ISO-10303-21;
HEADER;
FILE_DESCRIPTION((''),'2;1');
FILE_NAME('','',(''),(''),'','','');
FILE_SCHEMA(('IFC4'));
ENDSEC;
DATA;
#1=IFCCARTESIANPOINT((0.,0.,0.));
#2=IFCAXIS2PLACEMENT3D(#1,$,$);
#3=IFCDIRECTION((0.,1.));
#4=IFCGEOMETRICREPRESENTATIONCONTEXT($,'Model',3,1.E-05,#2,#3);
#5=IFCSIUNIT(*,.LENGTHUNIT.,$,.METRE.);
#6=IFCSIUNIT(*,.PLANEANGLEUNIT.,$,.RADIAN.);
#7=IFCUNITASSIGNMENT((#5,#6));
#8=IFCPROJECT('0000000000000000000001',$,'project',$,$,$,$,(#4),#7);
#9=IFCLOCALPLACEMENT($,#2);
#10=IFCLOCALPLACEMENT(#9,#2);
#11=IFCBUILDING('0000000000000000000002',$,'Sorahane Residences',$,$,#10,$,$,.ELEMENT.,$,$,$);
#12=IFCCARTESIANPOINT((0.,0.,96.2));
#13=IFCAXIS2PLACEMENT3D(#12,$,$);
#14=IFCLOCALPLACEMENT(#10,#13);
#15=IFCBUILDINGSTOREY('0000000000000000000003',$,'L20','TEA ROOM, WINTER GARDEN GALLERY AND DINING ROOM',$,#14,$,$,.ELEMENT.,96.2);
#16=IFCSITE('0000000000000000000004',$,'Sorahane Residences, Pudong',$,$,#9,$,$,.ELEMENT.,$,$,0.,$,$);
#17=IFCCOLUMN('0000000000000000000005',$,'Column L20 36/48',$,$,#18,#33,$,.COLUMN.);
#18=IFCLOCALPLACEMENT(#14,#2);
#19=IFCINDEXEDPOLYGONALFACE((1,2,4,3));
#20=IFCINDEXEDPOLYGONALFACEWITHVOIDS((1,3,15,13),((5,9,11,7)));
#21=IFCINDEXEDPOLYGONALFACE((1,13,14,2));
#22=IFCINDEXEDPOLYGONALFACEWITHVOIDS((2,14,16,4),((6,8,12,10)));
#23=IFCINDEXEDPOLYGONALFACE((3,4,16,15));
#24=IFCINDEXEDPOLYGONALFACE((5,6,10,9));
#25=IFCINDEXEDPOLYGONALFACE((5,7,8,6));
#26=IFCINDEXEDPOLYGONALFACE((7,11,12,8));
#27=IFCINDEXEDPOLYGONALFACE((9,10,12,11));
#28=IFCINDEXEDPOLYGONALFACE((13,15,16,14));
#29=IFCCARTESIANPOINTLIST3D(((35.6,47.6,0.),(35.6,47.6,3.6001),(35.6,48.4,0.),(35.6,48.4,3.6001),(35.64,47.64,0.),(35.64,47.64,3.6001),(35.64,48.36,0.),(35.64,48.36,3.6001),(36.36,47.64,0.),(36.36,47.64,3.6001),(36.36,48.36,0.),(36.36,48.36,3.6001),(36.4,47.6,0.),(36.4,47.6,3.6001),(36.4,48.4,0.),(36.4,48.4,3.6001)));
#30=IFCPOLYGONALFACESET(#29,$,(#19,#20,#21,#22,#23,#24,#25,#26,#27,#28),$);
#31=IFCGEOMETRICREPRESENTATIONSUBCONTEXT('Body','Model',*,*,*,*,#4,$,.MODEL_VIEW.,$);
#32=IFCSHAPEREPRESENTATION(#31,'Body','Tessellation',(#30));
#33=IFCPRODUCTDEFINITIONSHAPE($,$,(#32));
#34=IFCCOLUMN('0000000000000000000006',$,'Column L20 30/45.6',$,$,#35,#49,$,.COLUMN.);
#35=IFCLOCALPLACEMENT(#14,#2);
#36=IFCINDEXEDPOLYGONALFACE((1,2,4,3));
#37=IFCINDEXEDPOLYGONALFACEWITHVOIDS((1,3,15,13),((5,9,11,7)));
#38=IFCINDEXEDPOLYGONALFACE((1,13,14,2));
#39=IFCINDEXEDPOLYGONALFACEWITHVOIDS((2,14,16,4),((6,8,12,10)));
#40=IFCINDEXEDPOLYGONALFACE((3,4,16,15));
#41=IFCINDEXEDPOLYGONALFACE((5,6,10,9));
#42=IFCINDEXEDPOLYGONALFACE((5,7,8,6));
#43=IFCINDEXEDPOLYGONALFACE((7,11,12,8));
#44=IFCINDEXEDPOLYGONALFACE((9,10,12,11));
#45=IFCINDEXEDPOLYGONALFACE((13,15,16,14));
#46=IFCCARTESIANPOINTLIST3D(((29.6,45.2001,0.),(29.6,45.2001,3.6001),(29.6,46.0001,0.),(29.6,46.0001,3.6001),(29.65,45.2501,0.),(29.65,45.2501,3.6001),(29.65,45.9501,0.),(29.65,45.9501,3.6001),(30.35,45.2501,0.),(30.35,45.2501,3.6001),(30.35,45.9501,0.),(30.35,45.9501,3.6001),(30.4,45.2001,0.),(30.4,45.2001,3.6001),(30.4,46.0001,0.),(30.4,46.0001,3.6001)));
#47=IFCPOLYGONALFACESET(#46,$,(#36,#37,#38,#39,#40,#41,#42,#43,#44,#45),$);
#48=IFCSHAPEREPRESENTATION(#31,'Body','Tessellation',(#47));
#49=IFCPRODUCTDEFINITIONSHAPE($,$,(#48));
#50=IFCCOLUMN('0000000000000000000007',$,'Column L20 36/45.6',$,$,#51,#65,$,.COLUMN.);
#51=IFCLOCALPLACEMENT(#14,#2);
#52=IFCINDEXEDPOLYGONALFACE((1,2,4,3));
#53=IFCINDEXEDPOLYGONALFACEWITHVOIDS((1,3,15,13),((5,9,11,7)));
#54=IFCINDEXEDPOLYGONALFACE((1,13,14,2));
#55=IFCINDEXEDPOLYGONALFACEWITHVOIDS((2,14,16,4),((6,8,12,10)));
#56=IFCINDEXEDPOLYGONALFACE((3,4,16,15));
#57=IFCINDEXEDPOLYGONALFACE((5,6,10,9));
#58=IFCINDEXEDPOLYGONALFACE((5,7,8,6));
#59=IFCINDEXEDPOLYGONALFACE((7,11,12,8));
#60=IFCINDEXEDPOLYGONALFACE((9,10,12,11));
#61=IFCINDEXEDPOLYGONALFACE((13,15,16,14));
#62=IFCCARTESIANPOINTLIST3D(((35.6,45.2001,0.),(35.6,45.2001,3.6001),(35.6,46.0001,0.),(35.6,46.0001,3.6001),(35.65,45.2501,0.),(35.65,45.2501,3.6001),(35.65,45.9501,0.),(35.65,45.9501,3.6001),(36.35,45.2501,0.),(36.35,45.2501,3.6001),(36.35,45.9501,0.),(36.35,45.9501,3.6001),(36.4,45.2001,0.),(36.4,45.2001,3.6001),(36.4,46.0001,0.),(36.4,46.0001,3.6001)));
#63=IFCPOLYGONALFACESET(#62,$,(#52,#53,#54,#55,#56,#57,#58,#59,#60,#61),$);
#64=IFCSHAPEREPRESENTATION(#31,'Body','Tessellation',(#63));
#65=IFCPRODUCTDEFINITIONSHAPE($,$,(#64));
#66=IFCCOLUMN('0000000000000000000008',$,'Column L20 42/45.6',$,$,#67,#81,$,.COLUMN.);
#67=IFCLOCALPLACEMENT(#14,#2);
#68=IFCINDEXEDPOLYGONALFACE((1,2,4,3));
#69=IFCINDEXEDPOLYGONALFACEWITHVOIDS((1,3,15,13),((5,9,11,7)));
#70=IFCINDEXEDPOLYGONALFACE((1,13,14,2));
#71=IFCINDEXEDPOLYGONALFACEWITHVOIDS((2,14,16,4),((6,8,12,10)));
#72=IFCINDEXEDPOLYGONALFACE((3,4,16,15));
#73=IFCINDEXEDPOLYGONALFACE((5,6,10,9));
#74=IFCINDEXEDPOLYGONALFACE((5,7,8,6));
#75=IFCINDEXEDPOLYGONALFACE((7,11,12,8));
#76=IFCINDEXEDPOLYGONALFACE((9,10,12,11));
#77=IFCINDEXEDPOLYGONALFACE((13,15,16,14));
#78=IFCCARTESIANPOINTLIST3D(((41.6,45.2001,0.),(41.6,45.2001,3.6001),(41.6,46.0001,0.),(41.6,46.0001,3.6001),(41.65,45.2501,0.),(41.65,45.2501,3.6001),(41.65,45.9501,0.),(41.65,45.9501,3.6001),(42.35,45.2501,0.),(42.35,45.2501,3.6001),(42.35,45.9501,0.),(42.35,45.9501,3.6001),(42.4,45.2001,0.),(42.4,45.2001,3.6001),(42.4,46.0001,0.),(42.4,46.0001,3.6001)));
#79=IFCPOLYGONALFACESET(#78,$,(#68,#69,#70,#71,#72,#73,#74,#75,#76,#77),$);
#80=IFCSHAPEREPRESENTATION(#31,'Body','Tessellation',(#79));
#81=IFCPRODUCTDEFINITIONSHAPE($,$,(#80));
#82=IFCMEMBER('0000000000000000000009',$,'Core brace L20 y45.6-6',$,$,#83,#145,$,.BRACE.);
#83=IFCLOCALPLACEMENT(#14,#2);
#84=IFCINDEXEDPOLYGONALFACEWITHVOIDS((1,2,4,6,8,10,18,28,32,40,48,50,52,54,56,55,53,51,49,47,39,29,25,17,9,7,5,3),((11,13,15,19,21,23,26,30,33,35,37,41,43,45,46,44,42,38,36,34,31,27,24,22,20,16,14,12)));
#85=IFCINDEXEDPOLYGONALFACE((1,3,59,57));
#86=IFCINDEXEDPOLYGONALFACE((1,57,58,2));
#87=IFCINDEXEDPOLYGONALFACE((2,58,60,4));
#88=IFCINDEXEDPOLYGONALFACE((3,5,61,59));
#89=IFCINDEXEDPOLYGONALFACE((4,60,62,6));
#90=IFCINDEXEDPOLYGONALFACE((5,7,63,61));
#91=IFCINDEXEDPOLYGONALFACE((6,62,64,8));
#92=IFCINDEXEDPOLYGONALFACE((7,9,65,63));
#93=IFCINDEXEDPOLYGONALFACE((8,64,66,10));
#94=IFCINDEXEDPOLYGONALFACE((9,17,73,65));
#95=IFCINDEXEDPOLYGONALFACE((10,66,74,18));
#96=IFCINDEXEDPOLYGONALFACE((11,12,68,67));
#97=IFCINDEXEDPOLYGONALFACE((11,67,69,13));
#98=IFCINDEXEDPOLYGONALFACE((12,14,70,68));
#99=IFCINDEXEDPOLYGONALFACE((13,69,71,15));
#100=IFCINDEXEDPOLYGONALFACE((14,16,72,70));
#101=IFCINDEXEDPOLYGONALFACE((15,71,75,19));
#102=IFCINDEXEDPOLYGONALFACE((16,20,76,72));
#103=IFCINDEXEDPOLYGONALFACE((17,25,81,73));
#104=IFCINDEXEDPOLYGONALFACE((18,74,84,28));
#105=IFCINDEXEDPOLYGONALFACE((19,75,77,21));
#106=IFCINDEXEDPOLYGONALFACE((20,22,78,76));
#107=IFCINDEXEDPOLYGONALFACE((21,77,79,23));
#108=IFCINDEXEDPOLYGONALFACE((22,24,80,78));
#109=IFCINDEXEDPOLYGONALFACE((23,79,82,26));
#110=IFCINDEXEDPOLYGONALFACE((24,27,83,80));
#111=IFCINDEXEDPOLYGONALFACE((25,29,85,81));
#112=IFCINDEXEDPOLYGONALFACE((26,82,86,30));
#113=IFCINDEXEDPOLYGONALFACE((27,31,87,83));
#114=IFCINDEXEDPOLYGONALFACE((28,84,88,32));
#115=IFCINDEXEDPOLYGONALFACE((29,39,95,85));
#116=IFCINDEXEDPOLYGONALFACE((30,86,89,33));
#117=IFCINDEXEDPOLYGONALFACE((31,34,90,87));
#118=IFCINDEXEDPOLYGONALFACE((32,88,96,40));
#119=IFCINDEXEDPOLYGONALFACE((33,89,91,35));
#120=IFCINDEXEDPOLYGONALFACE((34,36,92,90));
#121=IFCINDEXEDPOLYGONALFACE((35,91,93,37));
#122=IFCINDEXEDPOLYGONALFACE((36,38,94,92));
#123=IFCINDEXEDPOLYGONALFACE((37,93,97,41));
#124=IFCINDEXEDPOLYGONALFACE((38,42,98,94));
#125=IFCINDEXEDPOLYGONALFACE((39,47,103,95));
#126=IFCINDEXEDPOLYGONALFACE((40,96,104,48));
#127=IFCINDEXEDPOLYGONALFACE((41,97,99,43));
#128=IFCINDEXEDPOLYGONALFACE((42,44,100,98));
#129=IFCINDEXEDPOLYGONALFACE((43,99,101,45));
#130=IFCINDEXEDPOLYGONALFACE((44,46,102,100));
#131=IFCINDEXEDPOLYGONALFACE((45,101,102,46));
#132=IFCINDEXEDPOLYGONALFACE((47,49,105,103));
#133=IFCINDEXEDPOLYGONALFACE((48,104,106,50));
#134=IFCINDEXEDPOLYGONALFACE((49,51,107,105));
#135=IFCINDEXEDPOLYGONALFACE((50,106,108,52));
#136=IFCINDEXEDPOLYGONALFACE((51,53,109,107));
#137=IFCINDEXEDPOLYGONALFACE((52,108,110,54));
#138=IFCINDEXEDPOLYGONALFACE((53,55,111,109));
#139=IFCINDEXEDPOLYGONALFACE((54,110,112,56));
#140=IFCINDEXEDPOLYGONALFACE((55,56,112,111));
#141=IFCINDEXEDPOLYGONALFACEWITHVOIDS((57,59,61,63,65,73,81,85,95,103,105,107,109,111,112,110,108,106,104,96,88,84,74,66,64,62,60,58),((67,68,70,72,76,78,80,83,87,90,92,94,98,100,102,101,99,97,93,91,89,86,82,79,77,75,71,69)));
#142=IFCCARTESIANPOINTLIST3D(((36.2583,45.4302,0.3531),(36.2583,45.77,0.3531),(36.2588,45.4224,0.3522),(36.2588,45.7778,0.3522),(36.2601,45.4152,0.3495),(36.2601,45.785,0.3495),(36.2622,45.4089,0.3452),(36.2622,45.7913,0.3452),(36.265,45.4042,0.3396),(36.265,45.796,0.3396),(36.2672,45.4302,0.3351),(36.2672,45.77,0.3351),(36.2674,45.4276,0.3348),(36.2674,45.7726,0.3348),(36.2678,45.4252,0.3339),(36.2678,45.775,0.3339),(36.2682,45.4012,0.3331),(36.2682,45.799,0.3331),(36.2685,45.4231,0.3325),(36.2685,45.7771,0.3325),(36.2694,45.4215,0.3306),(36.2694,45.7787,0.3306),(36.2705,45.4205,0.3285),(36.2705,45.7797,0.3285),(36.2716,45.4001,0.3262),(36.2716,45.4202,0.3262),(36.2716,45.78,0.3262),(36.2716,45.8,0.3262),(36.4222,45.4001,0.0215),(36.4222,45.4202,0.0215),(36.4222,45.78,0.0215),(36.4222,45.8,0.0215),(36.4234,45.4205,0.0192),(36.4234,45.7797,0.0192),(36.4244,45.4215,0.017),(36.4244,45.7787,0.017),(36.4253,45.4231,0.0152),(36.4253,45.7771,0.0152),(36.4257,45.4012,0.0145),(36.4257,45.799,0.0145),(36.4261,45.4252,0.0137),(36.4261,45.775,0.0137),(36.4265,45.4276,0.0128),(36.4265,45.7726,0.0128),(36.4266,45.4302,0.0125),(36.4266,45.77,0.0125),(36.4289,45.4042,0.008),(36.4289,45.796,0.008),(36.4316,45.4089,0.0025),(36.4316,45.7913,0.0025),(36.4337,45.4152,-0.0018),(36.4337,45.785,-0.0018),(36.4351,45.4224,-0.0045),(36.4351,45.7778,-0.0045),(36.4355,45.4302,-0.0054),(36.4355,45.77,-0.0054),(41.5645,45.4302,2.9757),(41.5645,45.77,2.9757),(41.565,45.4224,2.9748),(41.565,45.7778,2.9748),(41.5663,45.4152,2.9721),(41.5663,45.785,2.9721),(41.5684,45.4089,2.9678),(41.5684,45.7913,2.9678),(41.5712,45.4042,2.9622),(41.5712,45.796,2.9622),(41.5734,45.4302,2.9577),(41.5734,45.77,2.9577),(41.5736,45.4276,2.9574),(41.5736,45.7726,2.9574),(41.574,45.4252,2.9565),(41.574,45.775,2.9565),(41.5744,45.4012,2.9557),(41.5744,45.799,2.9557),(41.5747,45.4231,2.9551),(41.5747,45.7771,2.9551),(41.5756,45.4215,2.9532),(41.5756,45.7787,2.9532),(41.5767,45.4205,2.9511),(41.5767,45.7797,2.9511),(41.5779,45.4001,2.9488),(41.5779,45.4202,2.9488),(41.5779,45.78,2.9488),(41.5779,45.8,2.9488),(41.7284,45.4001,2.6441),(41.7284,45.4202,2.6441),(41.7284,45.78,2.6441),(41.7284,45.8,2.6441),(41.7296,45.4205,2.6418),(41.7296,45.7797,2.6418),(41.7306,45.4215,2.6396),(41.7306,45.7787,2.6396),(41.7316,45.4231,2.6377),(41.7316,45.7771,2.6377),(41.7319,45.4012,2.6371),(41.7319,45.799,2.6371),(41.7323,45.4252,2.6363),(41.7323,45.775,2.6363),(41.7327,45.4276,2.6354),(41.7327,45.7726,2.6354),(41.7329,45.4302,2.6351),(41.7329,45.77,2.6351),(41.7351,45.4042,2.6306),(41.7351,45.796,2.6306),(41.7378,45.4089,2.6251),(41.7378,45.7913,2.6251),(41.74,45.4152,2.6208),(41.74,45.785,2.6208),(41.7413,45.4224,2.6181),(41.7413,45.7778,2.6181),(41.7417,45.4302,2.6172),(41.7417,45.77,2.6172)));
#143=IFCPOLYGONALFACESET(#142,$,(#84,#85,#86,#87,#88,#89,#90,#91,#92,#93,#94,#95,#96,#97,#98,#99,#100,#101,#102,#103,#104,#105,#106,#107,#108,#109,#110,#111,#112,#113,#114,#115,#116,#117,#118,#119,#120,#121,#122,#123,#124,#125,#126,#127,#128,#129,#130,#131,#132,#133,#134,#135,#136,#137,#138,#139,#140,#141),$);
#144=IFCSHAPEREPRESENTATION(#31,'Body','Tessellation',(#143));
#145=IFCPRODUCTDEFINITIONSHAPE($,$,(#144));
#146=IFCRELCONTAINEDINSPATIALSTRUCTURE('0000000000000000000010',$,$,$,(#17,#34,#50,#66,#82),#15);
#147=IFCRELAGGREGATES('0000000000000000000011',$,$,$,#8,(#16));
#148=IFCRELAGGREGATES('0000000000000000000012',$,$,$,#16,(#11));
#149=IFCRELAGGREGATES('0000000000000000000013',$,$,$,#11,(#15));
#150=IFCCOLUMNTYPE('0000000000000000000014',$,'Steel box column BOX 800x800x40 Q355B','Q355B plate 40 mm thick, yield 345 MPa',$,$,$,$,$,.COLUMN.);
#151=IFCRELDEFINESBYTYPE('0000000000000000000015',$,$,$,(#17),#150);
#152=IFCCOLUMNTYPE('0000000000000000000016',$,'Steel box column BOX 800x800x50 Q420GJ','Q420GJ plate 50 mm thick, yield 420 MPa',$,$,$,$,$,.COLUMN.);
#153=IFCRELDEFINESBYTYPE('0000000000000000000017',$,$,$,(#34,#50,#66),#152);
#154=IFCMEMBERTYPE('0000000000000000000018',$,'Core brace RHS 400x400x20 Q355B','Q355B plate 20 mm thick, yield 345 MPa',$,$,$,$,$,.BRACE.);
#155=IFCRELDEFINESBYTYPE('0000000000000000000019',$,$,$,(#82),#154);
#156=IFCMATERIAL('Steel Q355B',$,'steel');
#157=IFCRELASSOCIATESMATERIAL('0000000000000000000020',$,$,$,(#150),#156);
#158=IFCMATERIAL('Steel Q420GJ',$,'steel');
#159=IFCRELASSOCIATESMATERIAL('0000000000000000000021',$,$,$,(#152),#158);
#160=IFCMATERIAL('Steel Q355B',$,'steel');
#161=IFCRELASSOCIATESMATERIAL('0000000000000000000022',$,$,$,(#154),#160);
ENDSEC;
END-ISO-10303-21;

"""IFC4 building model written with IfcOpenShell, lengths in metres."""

from ifc_helpers import new_model, si_unit, direction, frame, origin, origin_2d, place, context, subcontext, project, spatial, hollow_rectangle, extrude, material, material_profile, profile_set, type_object, element, save


model = new_model("IFC4")

# Units and contexts
model_context = context("Model", 3, precision=1e-05, world=origin(), true_north=direction((0.0, 1.0)))
body_context = subcontext(model_context, "Body", "Model", "MODEL_VIEW")
ifc_project = project(units=[si_unit("LENGTHUNIT", "METRE"), si_unit("PLANEANGLEUNIT", "RADIAN")], contexts=[model_context])

# Site, building, storey
site_placement = place(None, origin())
site = spatial("IfcSite", under=ifc_project, at=site_placement, Name="Sorahane Residences, Pudong", CompositionType="ELEMENT", RefElevation=0.0)
building_placement = place(site_placement, origin())
building = spatial("IfcBuilding", under=site, at=building_placement, Name="Sorahane Residences", CompositionType="ELEMENT")
storey_placement = place(building_placement, frame((0.0, 0.0, 96.2)))
storey = spatial("IfcBuildingStorey", under=building, at=storey_placement, Name="L20", Description="TEA ROOM, WINTER GARDEN GALLERY AND DINING ROOM", CompositionType="ELEMENT", Elevation=96.2)

# Columns
ifc_material_1 = material(Name="Steel Q355B", Category="steel")
ifc_material_profile_1 = material_profile(ifc_material_1, hollow_rectangle(XDim=0.8, YDim=0.8, WallThickness=0.04, at=origin_2d()), Name="BOX 800x800x40")
ifc_profile_set_1 = profile_set([ifc_material_profile_1], Name="Steel Q355B")
column_type_1 = type_object("IfcColumnType", Name="Steel box column BOX 800x800x40 Q355B", Description="Q355B plate 40 mm thick, yield 345 MPa", PredefinedType="COLUMN", material=ifc_profile_set_1)
column_placement = place(storey_placement, frame((36.0, 48.0, 0.0), z_axis=(0.0, 0.0, 1.0), x_axis=(1.0, 0.0, 0.0)))
element("IfcColumn", 1, at=column_placement, inside=storey, type_object=column_type_1, Name="Column L20 36/48", PredefinedType="COLUMN", context=body_context, shape_type="SweptSolid", body=[
    extrude(hollow_rectangle(XDim=0.8, YDim=0.8, WallThickness=0.04, at=origin_2d()), origin(), (0.0, 0.0, 1.0), 3.6001),
])
ifc_material_2 = material(Name="Steel Q420GJ", Category="steel")
ifc_material_profile_2 = material_profile(ifc_material_2, hollow_rectangle(XDim=0.8, YDim=0.8, WallThickness=0.05, at=origin_2d()), Name="BOX 800x800x50")
ifc_profile_set_2 = profile_set([ifc_material_profile_2], Name="Steel Q420GJ")
column_type_2 = type_object("IfcColumnType", Name="Steel box column BOX 800x800x50 Q420GJ", Description="Q420GJ plate 50 mm thick, yield 420 MPa", PredefinedType="COLUMN", material=ifc_profile_set_2)
for number, where, z_axis, x_axis, name in (
    (2, (30.0, 45.6001, 0.0), (0.0, 0.0, 1.0), (1.0, 0.0, 0.0), "Column L20 30/45.6"),
    (3, (36.0, 45.6001, 0.0), (0.0, 0.0, 1.0), (1.0, 0.0, 0.0), "Column L20 36/45.6"),
    (4, (42.0, 45.6001, 0.0), (0.0, 0.0, 1.0), (1.0, 0.0, 0.0), "Column L20 42/45.6"),
):
    element("IfcColumn", number, at=place(storey_placement, frame(where, z_axis=z_axis, x_axis=x_axis)), inside=storey, type_object=column_type_2, Name=name, PredefinedType="COLUMN", context=body_context, shape_type="SweptSolid", body=[
        extrude(hollow_rectangle(XDim=0.8, YDim=0.8, WallThickness=0.05, at=origin_2d()), origin(), (0.0, 0.0, 1.0), 3.6001),
    ])

# Member
ifc_material_3 = material(Name="Steel Q355B", Category="steel")
ifc_material_profile_3 = material_profile(ifc_material_3, hollow_rectangle(XDim=0.3999, YDim=0.3999, WallThickness=0.02, InnerFilletRadius=0.01, OuterFilletRadius=0.03, at=origin_2d()), Name="RHS 400x400x20")
ifc_profile_set_3 = profile_set([ifc_material_profile_3], Name="Steel Q355B")
member_type_1 = type_object("IfcMemberType", Name="Core brace RHS 400x400x20 Q355B", Description="Q355B plate 20 mm thick, yield 345 MPa", PredefinedType="BRACE", material=ifc_profile_set_3)
member_1_placement = place(storey_placement, frame((36.3469, 45.6001, 0.1738), z_axis=(0.89648, 0.0, 0.443084), x_axis=(0.0, 1.0, 0.0)))
element("IfcMember", 5, at=member_1_placement, inside=storey, type_object=member_type_1, Name="Core brace L20 y45.6-6", PredefinedType="BRACE", context=body_context, shape_type="SweptSolid", body=[
    extrude(hollow_rectangle(XDim=0.3999, YDim=0.3999, WallThickness=0.02, InnerFilletRadius=0.01, OuterFilletRadius=0.03, at=origin_2d()), origin(), (0.0, 0.0, 1.0), 5.9189),
])

save(model, "model.ifc")
